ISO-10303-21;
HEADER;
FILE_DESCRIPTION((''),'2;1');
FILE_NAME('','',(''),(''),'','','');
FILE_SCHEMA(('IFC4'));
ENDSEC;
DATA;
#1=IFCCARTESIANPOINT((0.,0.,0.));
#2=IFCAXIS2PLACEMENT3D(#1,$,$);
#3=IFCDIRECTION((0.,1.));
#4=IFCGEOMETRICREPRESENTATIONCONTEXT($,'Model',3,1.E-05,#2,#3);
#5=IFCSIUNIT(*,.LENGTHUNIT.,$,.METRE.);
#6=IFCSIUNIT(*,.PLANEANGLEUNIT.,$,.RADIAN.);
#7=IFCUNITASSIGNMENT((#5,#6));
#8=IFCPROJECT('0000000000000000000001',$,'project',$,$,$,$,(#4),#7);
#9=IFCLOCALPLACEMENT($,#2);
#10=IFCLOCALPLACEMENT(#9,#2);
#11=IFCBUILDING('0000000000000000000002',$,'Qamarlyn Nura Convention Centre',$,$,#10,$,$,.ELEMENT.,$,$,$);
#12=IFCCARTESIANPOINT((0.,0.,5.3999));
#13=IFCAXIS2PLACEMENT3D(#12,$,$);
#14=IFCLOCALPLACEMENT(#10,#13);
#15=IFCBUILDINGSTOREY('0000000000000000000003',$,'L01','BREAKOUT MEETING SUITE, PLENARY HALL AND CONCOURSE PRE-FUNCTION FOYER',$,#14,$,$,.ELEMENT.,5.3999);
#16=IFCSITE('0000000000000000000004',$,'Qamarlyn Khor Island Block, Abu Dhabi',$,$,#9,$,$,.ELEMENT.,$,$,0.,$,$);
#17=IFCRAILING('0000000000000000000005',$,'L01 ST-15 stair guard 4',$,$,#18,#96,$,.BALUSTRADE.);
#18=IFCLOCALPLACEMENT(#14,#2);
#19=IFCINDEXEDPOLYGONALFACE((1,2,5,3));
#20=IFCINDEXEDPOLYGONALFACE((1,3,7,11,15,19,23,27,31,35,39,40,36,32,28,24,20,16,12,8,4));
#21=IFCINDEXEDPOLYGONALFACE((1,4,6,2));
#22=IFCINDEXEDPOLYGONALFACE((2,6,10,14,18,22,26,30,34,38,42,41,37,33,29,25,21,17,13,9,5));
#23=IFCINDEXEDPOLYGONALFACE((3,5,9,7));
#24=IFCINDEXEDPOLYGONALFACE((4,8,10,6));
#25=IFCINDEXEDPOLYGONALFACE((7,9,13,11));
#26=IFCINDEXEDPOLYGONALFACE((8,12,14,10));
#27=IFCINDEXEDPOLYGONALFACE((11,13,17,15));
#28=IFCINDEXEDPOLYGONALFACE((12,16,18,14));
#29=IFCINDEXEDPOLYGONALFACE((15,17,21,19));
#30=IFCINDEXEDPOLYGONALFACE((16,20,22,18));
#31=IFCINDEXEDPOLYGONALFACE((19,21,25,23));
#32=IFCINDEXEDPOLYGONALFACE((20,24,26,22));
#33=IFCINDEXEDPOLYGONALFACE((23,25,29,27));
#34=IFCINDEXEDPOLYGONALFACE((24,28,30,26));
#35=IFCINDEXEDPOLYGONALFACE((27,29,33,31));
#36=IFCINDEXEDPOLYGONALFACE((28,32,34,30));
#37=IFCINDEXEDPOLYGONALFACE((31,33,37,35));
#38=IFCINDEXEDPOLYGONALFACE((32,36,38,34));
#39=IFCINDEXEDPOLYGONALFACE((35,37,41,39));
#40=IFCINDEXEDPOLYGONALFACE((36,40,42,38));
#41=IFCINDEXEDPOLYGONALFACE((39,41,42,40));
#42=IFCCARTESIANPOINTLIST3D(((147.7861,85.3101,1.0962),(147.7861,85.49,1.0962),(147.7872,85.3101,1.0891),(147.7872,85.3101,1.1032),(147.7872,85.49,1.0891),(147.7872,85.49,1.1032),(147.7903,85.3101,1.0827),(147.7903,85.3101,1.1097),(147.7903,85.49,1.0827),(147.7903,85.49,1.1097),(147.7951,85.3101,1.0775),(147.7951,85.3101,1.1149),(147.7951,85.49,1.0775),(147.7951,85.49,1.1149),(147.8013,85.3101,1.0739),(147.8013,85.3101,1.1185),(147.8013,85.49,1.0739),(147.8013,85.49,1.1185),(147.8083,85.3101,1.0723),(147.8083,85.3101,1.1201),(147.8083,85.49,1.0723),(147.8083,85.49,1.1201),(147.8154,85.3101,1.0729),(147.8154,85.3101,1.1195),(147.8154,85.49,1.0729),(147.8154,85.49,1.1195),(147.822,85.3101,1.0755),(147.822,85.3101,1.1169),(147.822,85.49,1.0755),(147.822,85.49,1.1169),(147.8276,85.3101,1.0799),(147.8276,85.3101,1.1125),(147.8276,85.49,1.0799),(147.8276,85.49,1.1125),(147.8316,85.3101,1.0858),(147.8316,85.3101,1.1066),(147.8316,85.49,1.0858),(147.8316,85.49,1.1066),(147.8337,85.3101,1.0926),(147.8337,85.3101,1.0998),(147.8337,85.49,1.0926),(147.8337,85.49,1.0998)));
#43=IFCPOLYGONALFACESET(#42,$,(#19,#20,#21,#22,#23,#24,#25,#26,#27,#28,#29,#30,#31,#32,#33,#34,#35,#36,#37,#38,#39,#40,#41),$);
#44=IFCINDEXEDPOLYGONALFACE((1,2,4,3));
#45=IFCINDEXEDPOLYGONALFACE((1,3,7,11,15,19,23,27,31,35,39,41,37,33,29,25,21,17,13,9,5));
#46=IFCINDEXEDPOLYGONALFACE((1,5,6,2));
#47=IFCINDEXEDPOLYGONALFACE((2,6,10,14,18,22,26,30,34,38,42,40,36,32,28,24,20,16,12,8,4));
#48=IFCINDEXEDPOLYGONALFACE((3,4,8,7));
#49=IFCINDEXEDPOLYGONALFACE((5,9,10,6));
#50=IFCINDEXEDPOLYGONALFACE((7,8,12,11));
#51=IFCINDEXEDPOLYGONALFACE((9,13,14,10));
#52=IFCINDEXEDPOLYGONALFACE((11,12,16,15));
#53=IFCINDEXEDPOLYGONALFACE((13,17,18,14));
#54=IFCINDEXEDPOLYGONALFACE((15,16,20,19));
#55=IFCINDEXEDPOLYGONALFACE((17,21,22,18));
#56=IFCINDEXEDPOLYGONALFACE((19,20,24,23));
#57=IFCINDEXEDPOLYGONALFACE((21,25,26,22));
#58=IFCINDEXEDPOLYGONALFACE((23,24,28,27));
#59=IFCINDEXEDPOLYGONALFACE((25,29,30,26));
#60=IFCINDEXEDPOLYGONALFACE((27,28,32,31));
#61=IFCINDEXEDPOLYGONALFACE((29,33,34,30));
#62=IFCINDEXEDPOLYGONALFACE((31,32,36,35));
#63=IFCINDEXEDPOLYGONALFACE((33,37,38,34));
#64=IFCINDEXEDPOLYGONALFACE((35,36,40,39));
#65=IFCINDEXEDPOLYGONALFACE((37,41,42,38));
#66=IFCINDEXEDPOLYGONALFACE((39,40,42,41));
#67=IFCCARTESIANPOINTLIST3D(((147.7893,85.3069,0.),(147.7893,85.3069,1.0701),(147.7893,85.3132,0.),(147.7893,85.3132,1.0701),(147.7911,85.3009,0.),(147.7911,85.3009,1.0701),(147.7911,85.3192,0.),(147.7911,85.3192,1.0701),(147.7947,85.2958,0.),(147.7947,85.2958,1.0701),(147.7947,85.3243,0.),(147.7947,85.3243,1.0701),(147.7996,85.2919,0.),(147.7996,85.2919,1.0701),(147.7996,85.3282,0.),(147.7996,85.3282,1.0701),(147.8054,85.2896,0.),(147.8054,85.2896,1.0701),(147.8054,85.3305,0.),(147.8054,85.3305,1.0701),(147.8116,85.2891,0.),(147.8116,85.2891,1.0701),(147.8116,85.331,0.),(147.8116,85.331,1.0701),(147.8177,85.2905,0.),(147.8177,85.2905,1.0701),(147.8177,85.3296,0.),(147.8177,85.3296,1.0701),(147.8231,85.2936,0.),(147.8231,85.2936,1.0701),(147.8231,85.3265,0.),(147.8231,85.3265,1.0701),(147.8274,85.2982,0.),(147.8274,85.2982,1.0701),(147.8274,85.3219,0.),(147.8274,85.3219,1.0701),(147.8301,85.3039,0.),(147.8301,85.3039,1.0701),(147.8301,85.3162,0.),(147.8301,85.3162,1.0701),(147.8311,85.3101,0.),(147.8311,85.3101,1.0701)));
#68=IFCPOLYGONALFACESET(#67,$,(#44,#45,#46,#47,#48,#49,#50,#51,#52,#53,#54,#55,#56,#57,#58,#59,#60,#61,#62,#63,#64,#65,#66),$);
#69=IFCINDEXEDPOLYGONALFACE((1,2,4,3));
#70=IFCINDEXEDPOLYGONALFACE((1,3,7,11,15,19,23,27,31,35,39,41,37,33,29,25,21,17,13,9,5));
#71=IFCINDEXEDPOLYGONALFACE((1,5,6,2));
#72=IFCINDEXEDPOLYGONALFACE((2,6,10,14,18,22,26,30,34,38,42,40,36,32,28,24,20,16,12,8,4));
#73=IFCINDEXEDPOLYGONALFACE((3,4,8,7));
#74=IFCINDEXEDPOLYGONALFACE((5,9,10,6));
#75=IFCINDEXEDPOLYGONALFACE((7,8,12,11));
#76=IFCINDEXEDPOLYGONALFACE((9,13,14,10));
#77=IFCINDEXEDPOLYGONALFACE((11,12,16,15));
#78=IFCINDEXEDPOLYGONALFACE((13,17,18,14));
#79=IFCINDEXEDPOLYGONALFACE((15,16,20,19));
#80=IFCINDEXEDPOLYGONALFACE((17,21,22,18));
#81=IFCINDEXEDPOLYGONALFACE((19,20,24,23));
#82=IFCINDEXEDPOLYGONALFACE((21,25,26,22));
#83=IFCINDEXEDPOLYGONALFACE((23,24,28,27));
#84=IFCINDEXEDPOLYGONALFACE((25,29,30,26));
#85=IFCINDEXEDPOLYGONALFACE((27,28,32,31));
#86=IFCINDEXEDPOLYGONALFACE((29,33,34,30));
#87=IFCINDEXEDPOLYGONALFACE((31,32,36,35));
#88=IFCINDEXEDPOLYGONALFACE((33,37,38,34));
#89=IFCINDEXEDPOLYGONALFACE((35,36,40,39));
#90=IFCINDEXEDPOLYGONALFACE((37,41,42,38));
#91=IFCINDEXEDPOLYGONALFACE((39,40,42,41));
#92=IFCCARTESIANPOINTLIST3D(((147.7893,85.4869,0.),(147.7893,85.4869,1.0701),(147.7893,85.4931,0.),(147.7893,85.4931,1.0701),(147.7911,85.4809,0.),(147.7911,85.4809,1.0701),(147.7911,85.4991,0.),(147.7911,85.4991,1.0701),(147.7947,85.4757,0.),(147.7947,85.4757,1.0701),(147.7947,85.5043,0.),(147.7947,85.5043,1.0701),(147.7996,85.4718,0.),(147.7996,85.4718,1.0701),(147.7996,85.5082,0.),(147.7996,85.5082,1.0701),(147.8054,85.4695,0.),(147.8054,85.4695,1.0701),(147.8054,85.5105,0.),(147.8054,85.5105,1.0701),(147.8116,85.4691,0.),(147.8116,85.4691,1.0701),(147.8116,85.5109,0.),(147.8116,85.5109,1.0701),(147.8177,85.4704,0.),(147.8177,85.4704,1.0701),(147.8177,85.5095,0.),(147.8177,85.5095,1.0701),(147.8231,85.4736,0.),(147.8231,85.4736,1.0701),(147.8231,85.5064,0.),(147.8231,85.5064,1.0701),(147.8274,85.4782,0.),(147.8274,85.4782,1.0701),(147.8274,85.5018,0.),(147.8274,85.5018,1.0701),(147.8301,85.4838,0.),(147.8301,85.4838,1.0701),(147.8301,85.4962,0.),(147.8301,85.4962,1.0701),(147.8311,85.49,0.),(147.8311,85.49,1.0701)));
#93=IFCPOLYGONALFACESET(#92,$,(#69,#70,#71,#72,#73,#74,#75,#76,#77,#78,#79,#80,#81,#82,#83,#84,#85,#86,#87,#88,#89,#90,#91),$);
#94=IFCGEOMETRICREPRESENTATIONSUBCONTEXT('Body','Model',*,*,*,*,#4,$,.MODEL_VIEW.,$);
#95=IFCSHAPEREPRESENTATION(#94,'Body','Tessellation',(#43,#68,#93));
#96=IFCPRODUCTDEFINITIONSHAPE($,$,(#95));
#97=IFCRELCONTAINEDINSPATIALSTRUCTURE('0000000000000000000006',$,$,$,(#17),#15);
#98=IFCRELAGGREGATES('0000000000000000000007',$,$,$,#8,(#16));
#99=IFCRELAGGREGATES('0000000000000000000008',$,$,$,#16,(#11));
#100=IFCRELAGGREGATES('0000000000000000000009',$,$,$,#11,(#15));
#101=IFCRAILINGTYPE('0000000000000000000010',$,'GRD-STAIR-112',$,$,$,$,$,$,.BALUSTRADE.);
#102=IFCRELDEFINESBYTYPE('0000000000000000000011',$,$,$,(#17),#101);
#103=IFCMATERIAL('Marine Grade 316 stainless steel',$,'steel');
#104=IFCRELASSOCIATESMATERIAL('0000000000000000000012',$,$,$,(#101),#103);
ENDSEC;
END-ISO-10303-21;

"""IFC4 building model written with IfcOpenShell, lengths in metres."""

from ifc_helpers import new_model, si_unit, direction, frame, origin, origin_2d, place, context, subcontext, project, spatial, circle, extrude, material, type_object, element, save


model = new_model("IFC4")

# Units and contexts
model_context = context("Model", 3, precision=1e-05, world=origin(), true_north=direction((0.0, 1.0)))
body_context = subcontext(model_context, "Body", "Model", "MODEL_VIEW")
ifc_project = project(units=[si_unit("LENGTHUNIT", "METRE"), si_unit("PLANEANGLEUNIT", "RADIAN")], contexts=[model_context])

# Site, building, storey
site_placement = place(None, origin())
site = spatial("IfcSite", under=ifc_project, at=site_placement, Name="Qamarlyn Khor Island Block, Abu Dhabi", CompositionType="ELEMENT", RefElevation=0.0)
building_placement = place(site_placement, origin())
building = spatial("IfcBuilding", under=site, at=building_placement, Name="Qamarlyn Nura Convention Centre", CompositionType="ELEMENT")
storey_placement = place(building_placement, frame((0.0, 0.0, 5.3999)))
storey = spatial("IfcBuildingStorey", under=building, at=storey_placement, Name="L01", Description="BREAKOUT MEETING SUITE, PLENARY HALL AND CONCOURSE PRE-FUNCTION FOYER", CompositionType="ELEMENT", Elevation=5.3999)

# Railing
ifc_material_1 = material(Name="Marine Grade 316 stainless steel", Category="steel")
railing_type_1 = type_object("IfcRailingType", Name="GRD-STAIR-112", PredefinedType="BALUSTRADE", material=ifc_material_1)
railing_1_placement = place(storey_placement, frame((147.8101, 85.3101, 0.0)))
element("IfcRailing", 1, at=railing_1_placement, inside=storey, type_object=railing_type_1, Name="L01 ST-15 stair guard 4", PredefinedType="BALUSTRADE", context=body_context, shape_type="SweptSolid", body=[
    extrude(circle(Radius=0.0239, at=origin_2d()), frame((0.0, 0.0, 1.0962), z_axis=(0.0, 1.0, 0.0), x_axis=(-1.0, 0.0, 0.0)), (0.0, 0.0, 1.0), 0.1799),
    extrude(circle(Radius=0.021, at=origin_2d()), origin(), (0.0, 0.0, 1.0), 1.0701),
    extrude(circle(Radius=0.021, at=origin_2d()), frame((0.0, 0.1799, 0.0)), (0.0, 0.0, 1.0), 1.0701),
])

save(model, "model.ifc")
